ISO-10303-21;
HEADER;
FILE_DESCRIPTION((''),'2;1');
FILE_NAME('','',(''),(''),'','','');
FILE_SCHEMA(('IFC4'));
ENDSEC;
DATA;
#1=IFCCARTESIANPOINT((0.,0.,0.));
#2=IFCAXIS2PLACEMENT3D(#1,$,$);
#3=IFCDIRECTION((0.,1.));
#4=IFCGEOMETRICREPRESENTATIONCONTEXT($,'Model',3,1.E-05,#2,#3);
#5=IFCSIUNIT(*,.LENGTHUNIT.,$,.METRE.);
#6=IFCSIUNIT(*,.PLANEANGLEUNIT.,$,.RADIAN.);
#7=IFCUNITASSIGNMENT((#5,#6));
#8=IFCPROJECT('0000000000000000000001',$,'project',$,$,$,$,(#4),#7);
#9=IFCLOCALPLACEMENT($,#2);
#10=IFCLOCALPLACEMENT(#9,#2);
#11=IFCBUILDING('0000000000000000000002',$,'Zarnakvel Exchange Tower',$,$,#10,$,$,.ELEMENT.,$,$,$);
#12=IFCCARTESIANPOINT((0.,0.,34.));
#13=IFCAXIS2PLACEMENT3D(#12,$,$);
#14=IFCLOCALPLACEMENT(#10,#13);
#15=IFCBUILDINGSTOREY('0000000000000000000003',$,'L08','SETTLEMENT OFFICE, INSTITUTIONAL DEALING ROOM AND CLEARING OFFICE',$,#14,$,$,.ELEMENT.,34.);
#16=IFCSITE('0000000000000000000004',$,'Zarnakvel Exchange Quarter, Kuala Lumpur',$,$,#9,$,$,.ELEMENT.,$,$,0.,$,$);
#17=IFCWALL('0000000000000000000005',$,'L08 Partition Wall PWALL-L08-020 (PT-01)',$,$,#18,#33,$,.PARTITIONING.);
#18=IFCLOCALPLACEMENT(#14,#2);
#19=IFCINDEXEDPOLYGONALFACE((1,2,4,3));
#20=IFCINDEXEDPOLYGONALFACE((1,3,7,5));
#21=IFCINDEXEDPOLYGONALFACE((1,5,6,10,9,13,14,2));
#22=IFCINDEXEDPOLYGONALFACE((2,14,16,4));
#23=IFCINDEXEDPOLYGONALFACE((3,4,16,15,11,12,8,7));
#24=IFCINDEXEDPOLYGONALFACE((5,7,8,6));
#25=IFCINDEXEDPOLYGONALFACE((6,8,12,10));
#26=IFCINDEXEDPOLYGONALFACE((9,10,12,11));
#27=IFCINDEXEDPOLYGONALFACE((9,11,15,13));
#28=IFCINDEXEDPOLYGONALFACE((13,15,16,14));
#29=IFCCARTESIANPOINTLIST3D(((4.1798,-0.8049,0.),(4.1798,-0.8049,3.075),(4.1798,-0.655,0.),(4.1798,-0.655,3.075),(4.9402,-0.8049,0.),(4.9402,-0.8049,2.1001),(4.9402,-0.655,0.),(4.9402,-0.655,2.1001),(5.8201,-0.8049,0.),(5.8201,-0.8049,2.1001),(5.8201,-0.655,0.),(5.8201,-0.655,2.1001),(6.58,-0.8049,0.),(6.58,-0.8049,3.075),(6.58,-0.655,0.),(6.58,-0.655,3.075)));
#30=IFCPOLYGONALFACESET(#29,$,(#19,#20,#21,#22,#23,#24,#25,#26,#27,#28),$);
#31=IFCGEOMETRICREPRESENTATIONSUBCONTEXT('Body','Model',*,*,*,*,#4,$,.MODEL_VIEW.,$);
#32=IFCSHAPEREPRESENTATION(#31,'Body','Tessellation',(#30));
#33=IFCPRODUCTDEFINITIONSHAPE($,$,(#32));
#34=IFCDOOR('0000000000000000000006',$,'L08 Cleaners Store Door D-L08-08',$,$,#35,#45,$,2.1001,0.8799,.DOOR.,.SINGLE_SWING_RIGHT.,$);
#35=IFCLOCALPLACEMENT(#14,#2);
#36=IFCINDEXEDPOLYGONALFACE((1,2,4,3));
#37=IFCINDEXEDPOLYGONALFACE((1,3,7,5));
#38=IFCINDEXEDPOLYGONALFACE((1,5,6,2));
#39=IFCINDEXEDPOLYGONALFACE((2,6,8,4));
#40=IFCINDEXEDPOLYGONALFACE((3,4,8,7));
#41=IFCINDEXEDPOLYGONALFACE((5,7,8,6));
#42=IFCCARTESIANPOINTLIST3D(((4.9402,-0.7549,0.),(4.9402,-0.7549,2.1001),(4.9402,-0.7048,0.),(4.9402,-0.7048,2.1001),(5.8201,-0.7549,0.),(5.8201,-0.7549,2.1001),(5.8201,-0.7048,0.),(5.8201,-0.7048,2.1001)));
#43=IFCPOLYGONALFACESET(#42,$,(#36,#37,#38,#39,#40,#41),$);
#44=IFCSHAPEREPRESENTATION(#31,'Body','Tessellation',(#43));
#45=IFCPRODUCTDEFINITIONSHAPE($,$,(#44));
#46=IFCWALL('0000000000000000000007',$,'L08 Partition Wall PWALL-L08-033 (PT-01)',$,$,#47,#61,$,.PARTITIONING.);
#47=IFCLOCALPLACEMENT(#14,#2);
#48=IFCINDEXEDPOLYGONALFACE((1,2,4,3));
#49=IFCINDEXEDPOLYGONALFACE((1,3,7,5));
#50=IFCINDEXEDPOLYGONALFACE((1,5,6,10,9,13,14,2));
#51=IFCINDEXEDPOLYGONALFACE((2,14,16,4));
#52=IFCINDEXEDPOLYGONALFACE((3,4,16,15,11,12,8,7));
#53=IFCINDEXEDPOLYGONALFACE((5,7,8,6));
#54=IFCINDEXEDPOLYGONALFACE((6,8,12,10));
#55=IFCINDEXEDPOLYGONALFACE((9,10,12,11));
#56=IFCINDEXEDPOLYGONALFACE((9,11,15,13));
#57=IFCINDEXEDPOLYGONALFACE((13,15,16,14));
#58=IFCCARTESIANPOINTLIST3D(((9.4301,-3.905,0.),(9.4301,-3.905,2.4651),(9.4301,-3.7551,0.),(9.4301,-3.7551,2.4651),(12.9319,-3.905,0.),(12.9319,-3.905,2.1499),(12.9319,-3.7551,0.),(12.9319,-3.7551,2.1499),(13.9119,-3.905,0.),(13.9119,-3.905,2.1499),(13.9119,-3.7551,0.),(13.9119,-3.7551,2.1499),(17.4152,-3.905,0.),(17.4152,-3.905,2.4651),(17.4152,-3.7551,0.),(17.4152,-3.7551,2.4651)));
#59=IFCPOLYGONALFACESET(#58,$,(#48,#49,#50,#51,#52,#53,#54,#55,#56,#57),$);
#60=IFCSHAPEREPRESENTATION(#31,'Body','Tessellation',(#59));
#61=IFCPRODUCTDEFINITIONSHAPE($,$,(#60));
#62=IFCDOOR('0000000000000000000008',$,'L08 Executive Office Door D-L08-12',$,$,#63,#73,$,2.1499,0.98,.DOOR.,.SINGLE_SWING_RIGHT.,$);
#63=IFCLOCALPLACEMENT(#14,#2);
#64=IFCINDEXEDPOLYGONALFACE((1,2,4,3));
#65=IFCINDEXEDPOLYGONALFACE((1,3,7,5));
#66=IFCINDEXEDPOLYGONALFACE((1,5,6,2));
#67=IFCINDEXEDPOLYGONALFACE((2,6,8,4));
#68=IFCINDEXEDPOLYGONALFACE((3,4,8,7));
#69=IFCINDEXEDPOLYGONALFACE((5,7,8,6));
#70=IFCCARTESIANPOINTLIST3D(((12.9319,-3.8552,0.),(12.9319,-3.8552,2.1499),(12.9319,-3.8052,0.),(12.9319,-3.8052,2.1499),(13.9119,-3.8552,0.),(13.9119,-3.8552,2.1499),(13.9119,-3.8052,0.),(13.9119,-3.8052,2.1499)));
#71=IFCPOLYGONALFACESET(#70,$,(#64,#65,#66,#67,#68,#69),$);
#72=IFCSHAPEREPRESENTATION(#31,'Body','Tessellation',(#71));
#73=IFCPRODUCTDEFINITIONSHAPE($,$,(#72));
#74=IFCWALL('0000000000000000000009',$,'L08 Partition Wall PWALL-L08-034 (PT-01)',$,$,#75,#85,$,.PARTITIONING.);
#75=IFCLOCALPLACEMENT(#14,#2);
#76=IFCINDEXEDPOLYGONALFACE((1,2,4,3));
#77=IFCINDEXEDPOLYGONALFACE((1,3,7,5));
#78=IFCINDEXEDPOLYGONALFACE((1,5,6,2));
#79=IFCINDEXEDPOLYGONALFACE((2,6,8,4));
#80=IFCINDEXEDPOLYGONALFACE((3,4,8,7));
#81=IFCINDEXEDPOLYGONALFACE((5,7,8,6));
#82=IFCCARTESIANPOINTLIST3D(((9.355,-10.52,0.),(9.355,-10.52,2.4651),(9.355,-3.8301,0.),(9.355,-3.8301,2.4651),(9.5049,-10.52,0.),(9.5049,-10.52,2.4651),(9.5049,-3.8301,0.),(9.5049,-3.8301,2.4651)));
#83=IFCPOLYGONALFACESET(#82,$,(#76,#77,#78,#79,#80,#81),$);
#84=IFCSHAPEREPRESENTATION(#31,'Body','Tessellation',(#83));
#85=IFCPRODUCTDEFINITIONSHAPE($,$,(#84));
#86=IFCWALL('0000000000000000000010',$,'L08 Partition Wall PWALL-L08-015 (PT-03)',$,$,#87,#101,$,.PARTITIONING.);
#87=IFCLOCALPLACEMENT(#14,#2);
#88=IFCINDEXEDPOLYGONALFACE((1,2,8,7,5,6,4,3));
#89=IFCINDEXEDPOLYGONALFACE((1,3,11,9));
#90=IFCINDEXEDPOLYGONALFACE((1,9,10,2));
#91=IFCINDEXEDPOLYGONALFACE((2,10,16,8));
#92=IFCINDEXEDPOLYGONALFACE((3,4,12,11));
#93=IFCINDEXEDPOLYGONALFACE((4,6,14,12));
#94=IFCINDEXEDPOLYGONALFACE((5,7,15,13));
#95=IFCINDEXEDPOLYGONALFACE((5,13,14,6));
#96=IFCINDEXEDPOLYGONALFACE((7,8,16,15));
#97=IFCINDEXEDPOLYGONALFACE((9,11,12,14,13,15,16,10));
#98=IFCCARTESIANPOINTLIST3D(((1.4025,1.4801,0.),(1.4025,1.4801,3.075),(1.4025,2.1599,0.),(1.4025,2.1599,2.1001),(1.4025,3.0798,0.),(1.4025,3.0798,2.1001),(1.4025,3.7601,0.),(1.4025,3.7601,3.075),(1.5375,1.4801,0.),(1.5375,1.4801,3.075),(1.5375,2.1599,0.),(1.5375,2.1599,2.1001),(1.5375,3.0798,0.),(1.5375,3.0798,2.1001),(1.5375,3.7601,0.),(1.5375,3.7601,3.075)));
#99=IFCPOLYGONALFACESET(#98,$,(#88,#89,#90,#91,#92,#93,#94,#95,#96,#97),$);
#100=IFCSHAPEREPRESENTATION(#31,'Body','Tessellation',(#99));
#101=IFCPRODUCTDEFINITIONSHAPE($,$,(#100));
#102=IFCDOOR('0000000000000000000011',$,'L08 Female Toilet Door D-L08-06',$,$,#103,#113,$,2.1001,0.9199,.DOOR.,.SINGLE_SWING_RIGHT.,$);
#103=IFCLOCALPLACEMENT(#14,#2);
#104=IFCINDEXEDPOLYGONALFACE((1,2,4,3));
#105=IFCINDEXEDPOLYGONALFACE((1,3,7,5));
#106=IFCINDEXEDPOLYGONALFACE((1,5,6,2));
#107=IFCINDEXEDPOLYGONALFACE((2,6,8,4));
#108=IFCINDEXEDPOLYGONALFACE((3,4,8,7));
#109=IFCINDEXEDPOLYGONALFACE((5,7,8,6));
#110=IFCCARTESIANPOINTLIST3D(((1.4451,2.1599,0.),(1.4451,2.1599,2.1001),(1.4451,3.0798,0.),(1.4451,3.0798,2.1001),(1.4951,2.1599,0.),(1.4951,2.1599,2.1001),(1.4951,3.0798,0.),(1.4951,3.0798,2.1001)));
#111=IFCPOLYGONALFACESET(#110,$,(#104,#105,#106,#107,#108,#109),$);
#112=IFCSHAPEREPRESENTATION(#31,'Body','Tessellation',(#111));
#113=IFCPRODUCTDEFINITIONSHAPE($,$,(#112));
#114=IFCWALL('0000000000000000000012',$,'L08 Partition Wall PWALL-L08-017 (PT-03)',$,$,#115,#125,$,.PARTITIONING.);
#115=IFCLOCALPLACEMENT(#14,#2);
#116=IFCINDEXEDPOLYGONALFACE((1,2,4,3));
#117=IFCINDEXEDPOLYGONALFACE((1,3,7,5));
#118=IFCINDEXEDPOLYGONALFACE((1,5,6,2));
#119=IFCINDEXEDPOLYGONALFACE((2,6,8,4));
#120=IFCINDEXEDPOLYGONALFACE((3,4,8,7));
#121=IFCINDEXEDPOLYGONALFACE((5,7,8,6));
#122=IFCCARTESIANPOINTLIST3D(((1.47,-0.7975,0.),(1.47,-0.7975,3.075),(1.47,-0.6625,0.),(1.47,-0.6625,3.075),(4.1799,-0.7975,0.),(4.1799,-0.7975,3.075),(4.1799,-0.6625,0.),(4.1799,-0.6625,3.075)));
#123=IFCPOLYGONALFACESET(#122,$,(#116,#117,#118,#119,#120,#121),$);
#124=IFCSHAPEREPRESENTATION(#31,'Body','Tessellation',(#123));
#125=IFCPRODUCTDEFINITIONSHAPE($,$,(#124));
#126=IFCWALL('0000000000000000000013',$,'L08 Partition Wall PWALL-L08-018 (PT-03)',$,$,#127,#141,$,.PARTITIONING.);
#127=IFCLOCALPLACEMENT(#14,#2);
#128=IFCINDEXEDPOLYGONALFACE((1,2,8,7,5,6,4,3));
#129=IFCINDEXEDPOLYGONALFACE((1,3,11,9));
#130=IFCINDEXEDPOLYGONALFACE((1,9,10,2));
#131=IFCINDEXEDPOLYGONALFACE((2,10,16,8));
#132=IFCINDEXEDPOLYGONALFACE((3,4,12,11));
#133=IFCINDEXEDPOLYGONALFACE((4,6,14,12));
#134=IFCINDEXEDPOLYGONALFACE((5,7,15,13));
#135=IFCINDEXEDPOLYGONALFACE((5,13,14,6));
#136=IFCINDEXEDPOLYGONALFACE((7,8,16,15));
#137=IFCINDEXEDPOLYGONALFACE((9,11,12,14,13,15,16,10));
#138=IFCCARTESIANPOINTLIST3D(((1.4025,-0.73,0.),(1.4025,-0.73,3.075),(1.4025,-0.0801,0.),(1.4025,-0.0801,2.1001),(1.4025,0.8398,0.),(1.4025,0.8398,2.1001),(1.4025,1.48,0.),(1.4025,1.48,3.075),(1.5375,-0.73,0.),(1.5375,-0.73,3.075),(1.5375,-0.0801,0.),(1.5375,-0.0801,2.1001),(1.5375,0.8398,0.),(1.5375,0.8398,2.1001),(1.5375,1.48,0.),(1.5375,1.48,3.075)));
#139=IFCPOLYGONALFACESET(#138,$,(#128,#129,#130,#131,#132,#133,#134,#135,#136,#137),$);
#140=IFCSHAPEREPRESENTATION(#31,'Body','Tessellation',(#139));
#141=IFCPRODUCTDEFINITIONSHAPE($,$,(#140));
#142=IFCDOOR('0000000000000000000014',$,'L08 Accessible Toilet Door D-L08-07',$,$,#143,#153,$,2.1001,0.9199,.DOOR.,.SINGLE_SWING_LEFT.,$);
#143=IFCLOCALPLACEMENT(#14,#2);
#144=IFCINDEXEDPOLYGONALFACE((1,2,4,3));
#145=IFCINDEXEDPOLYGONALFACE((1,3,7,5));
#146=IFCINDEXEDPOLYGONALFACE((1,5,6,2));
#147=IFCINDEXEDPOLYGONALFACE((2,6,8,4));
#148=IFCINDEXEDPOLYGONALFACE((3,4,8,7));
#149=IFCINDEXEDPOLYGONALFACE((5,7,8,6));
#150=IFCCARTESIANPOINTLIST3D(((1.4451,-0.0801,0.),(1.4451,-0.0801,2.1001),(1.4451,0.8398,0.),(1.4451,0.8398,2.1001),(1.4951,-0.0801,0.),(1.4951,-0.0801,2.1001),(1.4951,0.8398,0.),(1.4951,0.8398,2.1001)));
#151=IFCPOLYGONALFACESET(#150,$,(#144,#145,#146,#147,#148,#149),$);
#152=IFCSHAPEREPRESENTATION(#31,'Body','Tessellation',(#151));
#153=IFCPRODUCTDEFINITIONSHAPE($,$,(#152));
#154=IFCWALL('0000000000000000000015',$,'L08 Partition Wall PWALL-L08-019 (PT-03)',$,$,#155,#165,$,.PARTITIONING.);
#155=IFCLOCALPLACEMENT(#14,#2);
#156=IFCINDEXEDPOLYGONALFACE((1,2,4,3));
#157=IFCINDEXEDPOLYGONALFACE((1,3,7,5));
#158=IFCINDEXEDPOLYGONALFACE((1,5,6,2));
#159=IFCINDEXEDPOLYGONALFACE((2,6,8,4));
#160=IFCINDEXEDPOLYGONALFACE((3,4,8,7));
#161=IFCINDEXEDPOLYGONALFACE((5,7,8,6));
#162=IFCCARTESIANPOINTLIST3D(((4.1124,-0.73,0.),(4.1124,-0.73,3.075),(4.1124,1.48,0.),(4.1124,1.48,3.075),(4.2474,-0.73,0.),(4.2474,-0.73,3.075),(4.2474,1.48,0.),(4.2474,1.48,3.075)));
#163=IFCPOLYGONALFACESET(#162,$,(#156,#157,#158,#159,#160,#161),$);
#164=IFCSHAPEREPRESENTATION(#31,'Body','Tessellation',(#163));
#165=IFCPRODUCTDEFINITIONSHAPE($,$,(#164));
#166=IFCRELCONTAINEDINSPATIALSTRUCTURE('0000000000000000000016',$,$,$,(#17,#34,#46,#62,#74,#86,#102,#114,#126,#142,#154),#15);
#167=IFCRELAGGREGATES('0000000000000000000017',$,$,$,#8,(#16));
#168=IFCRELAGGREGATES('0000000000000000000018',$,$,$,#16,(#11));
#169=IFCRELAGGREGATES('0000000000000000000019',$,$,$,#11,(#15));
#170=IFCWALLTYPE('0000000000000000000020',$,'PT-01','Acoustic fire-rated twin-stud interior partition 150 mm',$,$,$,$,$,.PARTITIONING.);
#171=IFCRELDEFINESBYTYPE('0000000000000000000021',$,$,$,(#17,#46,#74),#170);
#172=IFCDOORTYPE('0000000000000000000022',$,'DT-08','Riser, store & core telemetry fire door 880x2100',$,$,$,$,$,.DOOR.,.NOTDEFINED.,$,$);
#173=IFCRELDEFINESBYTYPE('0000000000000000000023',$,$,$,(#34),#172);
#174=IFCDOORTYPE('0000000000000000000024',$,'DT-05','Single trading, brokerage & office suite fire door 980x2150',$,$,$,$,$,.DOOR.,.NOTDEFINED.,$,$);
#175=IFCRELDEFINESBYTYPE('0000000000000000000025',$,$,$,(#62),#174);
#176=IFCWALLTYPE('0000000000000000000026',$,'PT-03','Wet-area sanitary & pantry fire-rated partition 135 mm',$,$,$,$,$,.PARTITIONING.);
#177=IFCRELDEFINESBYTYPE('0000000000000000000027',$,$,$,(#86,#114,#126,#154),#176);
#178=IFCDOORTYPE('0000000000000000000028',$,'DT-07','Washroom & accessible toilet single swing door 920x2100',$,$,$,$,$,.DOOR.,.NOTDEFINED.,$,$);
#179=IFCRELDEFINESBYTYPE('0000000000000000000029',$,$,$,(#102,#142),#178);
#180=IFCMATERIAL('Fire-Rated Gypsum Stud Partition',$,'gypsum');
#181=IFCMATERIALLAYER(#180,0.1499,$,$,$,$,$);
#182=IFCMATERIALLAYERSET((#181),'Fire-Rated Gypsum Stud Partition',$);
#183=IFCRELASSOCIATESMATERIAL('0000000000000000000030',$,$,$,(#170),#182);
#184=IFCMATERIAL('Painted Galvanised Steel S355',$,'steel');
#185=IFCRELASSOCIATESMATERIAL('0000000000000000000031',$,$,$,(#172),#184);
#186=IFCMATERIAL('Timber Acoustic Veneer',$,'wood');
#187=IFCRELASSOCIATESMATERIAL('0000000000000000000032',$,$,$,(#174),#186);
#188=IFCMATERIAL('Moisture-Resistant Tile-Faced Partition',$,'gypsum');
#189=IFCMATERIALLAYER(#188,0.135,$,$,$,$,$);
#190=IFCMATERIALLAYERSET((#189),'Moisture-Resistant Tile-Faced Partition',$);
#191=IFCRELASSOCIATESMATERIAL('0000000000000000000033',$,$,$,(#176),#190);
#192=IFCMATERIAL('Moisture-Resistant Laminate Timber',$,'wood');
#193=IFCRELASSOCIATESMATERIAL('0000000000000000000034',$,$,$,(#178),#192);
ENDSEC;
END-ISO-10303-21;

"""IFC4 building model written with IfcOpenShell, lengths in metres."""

from ifc_helpers import new_model, si_unit, direction, frame, frame_2d, origin, place, context, subcontext, project, spatial, rectangle, extrude, source, transform, mapped, material, layer, layer_set, type_object, element, fill, save


model = new_model("IFC4")

# Units and contexts
model_context = context("Model", 3, precision=1e-05, world=origin(), true_north=direction((0.0, 1.0)))
body_context = subcontext(model_context, "Body", "Model", "MODEL_VIEW")
ifc_project = project(units=[si_unit("LENGTHUNIT", "METRE"), si_unit("PLANEANGLEUNIT", "RADIAN")], contexts=[model_context])

# Site, building, storey
site_placement = place(None, origin())
site = spatial("IfcSite", under=ifc_project, at=site_placement, Name="Zarnakvel Exchange Quarter, Kuala Lumpur", CompositionType="ELEMENT", RefElevation=0.0)
building_placement = place(site_placement, origin())
building = spatial("IfcBuilding", under=site, at=building_placement, Name="Zarnakvel Exchange Tower", CompositionType="ELEMENT")
storey_placement = place(building_placement, frame((0.0, 0.0, 34.0)))
storey = spatial("IfcBuildingStorey", under=building, at=storey_placement, Name="L08", Description="SETTLEMENT OFFICE, INSTITUTIONAL DEALING ROOM AND CLEARING OFFICE", CompositionType="ELEMENT", Elevation=34.0)

# Shared definitions
ifc_material_1 = material(Name="Painted Galvanised Steel S355", Category="steel")

# Walls, openings, doors
ifc_material_2 = material(Name="Fire-Rated Gypsum Stud Partition", Category="gypsum")
ifc_layer_1 = layer(ifc_material_2, 0.1499)
ifc_layer_set_1 = layer_set([ifc_layer_1], Name="Fire-Rated Gypsum Stud Partition")
wall_type_1 = type_object("IfcWallType", Name="PT-01", Description="Acoustic fire-rated twin-stud interior partition 150 mm", PredefinedType="PARTITIONING", material=ifc_layer_set_1)
wall_1_placement = place(storey_placement, frame((6.5801, -0.73, 0.0), z_axis=(0.0, 0.0, 1.0), x_axis=(-1.0, 0.0, 0.0)))
wall_1 = element("IfcWall", 1, at=wall_1_placement, inside=storey, type_object=wall_type_1, Name="L08 Partition Wall PWALL-L08-020 (PT-01)", PredefinedType="PARTITIONING", context=body_context, shape_type="SweptSolid", body=[
    extrude(rectangle(XDim=2.4001, YDim=0.1499, at=frame_2d((1.2002, 0.0))), origin(), (0.0, 0.0, 1.0), 3.075),
])
opening_1_placement = place(wall_1_placement, frame((0.76, 0.0, 0.0)))
opening_1 = element("IfcOpeningElement", 2, at=opening_1_placement, cuts=wall_1, PredefinedType="OPENING", context=body_context, shape_type="SweptSolid", body=[
    extrude(rectangle(XDim=0.8799, YDim=2.1001, at=frame_2d((0.4399, 1.05))), frame((0.0, 0.085, 0.0), z_axis=(0.0, -1.0, 0.0), x_axis=(1.0, 0.0, 0.0)), (0.0, 0.0, 1.0), 0.1699),
])
door_type_1 = type_object("IfcDoorType", Name="DT-08", Description="Riser, store & core telemetry fire door 880x2100", OperationType="NOTDEFINED", PredefinedType="DOOR", material=ifc_material_1)
shared_shape_1 = source(origin(), body_context, "Body", "SweptSolid", [
    extrude(rectangle(XDim=0.8799, YDim=2.1001, at=frame_2d((0.4399, 1.05))), frame((0.0, 0.0249, 0.0), z_axis=(0.0, -1.0, 0.0), x_axis=(1.0, 0.0, 0.0)), (0.0, 0.0, 1.0), 0.05),
])
door_1_placement = place(opening_1_placement, origin())
door_1 = element("IfcDoor", 3, at=door_1_placement, inside=storey, type_object=door_type_1, Name="L08 Cleaners Store Door D-L08-08", OperationType="SINGLE_SWING_RIGHT", OverallHeight=2.1001, OverallWidth=0.8799, PredefinedType="DOOR", context=body_context, shape_type="MappedRepresentation", body=[
    mapped(shared_shape_1, transform((0.0, 0.0, 0.0), x_axis=(1.0, 0.0, 0.0), y_axis=(0.0, 1.0, 0.0), z_axis=(0.0, 0.0, 1.0), scale=1.0)),
])
fill(opening_1, door_1)
wall_2_placement = place(storey_placement, frame((9.4299, -3.8301, 0.0), z_axis=(0.0, 0.0, 1.0), x_axis=(1.0, 0.0, 0.0)))
wall_2 = element("IfcWall", 4, at=wall_2_placement, inside=storey, type_object=wall_type_1, Name="L08 Partition Wall PWALL-L08-033 (PT-01)", PredefinedType="PARTITIONING", context=body_context, shape_type="SweptSolid", body=[
    extrude(rectangle(XDim=7.9851, YDim=0.1499, at=frame_2d((3.9927, 0.0))), origin(), (0.0, 0.0, 1.0), 2.4651),
])
opening_2_placement = place(wall_2_placement, frame((3.502, 0.0, 0.0)))
opening_2 = element("IfcOpeningElement", 5, at=opening_2_placement, cuts=wall_2, PredefinedType="OPENING", context=body_context, shape_type="SweptSolid", body=[
    extrude(rectangle(XDim=0.98, YDim=2.1499, at=frame_2d((0.49, 1.075))), frame((0.0, 0.085, 0.0), z_axis=(0.0, -1.0, 0.0), x_axis=(1.0, 0.0, 0.0)), (0.0, 0.0, 1.0), 0.1699),
])
ifc_material_3 = material(Name="Timber Acoustic Veneer", Category="wood")
door_type_2 = type_object("IfcDoorType", Name="DT-05", Description="Single trading, brokerage & office suite fire door 980x2150", OperationType="NOTDEFINED", PredefinedType="DOOR", material=ifc_material_3)
shared_shape_2 = source(origin(), body_context, "Body", "SweptSolid", [
    extrude(rectangle(XDim=0.98, YDim=2.1499, at=frame_2d((0.49, 1.075))), frame((0.0, 0.0249, 0.0), z_axis=(0.0, -1.0, 0.0), x_axis=(1.0, 0.0, 0.0)), (0.0, 0.0, 1.0), 0.05),
])
door_2_placement = place(opening_2_placement, origin())
door_2 = element("IfcDoor", 6, at=door_2_placement, inside=storey, type_object=door_type_2, Name="L08 Executive Office Door D-L08-12", OperationType="SINGLE_SWING_RIGHT", OverallHeight=2.1499, OverallWidth=0.98, PredefinedType="DOOR", context=body_context, shape_type="MappedRepresentation", body=[
    mapped(shared_shape_2, transform((0.0, 0.0, 0.0), x_axis=(1.0, 0.0, 0.0), y_axis=(0.0, 1.0, 0.0), z_axis=(0.0, 0.0, 1.0), scale=1.0)),
])
fill(opening_2, door_2)

# Wall
wall_3_placement = place(storey_placement, frame((9.4299, -10.52, 0.0), z_axis=(0.0, 0.0, 1.0), x_axis=(0.0, 1.0, 0.0)))
element("IfcWall", 7, at=wall_3_placement, inside=storey, type_object=wall_type_1, Name="L08 Partition Wall PWALL-L08-034 (PT-01)", PredefinedType="PARTITIONING", context=body_context, shape_type="SweptSolid", body=[
    extrude(rectangle(XDim=6.6899, YDim=0.1499, at=frame_2d((3.345, 0.0))), origin(), (0.0, 0.0, 1.0), 2.4651),
])

# Wall, opening, door
ifc_material_4 = material(Name="Moisture-Resistant Tile-Faced Partition", Category="gypsum")
ifc_layer_2 = layer(ifc_material_4, 0.135)
ifc_layer_set_2 = layer_set([ifc_layer_2], Name="Moisture-Resistant Tile-Faced Partition")
wall_type_2 = type_object("IfcWallType", Name="PT-03", Description="Wet-area sanitary & pantry fire-rated partition 135 mm", PredefinedType="PARTITIONING", material=ifc_layer_set_2)
wall_4_placement = place(storey_placement, frame((1.47, 1.48, 0.0), z_axis=(0.0, 0.0, 1.0), x_axis=(0.0, 1.0, 0.0)))
wall_4 = element("IfcWall", 8, at=wall_4_placement, inside=storey, type_object=wall_type_2, Name="L08 Partition Wall PWALL-L08-015 (PT-03)", PredefinedType="PARTITIONING", context=body_context, shape_type="SweptSolid", body=[
    extrude(rectangle(XDim=2.28, YDim=0.135, at=frame_2d((1.1401, 0.0))), origin(), (0.0, 0.0, 1.0), 3.075),
])
opening_3_placement = place(wall_4_placement, frame((0.6799, 0.0, 0.0)))
opening_3 = element("IfcOpeningElement", 9, at=opening_3_placement, cuts=wall_4, PredefinedType="OPENING", context=body_context, shape_type="SweptSolid", body=[
    extrude(rectangle(XDim=0.9199, YDim=2.1001, at=frame_2d((0.46, 1.05))), frame((0.0, 0.0774, 0.0), z_axis=(0.0, -1.0, 0.0), x_axis=(1.0, 0.0, 0.0)), (0.0, 0.0, 1.0), 0.155),
])
ifc_material_5 = material(Name="Moisture-Resistant Laminate Timber", Category="wood")
door_type_3 = type_object("IfcDoorType", Name="DT-07", Description="Washroom & accessible toilet single swing door 920x2100", OperationType="NOTDEFINED", PredefinedType="DOOR", material=ifc_material_5)
shared_shape_3 = source(origin(), body_context, "Body", "SweptSolid", [
    extrude(rectangle(XDim=0.9199, YDim=2.1001, at=frame_2d((0.46, 1.05))), frame((0.0, 0.0249, 0.0), z_axis=(0.0, -1.0, 0.0), x_axis=(1.0, 0.0, 0.0)), (0.0, 0.0, 1.0), 0.05),
])
door_3_placement = place(opening_3_placement, origin())
door_3 = element("IfcDoor", 10, at=door_3_placement, inside=storey, type_object=door_type_3, Name="L08 Female Toilet Door D-L08-06", OperationType="SINGLE_SWING_RIGHT", OverallHeight=2.1001, OverallWidth=0.9199, PredefinedType="DOOR", context=body_context, shape_type="MappedRepresentation", body=[
    mapped(shared_shape_3, transform((0.0, 0.0, 0.0), x_axis=(1.0, 0.0, 0.0), y_axis=(0.0, 1.0, 0.0), z_axis=(0.0, 0.0, 1.0), scale=1.0)),
])
fill(opening_3, door_3)

# Wall
wall_5_placement = place(storey_placement, frame((4.1799, -0.73, 0.0), z_axis=(0.0, 0.0, 1.0), x_axis=(-1.0, 0.0, 0.0)))
element("IfcWall", 11, at=wall_5_placement, inside=storey, type_object=wall_type_2, Name="L08 Partition Wall PWALL-L08-017 (PT-03)", PredefinedType="PARTITIONING", context=body_context, shape_type="SweptSolid", body=[
    extrude(rectangle(XDim=2.71, YDim=0.135, at=frame_2d((1.355, 0.0))), origin(), (0.0, 0.0, 1.0), 3.075),
])

# Wall, opening, door
wall_6_placement = place(storey_placement, frame((1.47, -0.73, 0.0), z_axis=(0.0, 0.0, 1.0), x_axis=(0.0, 1.0, 0.0)))
wall_6 = element("IfcWall", 12, at=wall_6_placement, inside=storey, type_object=wall_type_2, Name="L08 Partition Wall PWALL-L08-018 (PT-03)", PredefinedType="PARTITIONING", context=body_context, shape_type="SweptSolid", body=[
    extrude(rectangle(XDim=2.21, YDim=0.135, at=frame_2d((1.105, 0.0))), origin(), (0.0, 0.0, 1.0), 3.075),
])
opening_4_placement = place(wall_6_placement, frame((0.6499, 0.0, 0.0)))
opening_4 = element("IfcOpeningElement", 13, at=opening_4_placement, cuts=wall_6, PredefinedType="OPENING", context=body_context, shape_type="SweptSolid", body=[
    extrude(rectangle(XDim=0.9199, YDim=2.1001, at=frame_2d((0.46, 1.05))), frame((0.0, 0.0774, 0.0), z_axis=(0.0, -1.0, 0.0), x_axis=(1.0, 0.0, 0.0)), (0.0, 0.0, 1.0), 0.155),
])
door_4_placement = place(opening_4_placement, origin())
door_4 = element("IfcDoor", 14, at=door_4_placement, inside=storey, type_object=door_type_3, Name="L08 Accessible Toilet Door D-L08-07", OperationType="SINGLE_SWING_LEFT", OverallHeight=2.1001, OverallWidth=0.9199, PredefinedType="DOOR", context=body_context, shape_type="MappedRepresentation", body=[
    mapped(shared_shape_3, transform((0.0, 0.0, 0.0), x_axis=(1.0, 0.0, 0.0), y_axis=(0.0, 1.0, 0.0), z_axis=(0.0, 0.0, 1.0), scale=1.0)),
])
fill(opening_4, door_4)

# Wall
wall_7_placement = place(storey_placement, frame((4.1799, 1.48, 0.0), z_axis=(0.0, 0.0, 1.0), x_axis=(0.0, -1.0, 0.0)))
element("IfcWall", 15, at=wall_7_placement, inside=storey, type_object=wall_type_2, Name="L08 Partition Wall PWALL-L08-019 (PT-03)", PredefinedType="PARTITIONING", context=body_context, shape_type="SweptSolid", body=[
    extrude(rectangle(XDim=2.21, YDim=0.135, at=frame_2d((1.105, 0.0))), origin(), (0.0, 0.0, 1.0), 3.075),
])

save(model, "model.ifc")
